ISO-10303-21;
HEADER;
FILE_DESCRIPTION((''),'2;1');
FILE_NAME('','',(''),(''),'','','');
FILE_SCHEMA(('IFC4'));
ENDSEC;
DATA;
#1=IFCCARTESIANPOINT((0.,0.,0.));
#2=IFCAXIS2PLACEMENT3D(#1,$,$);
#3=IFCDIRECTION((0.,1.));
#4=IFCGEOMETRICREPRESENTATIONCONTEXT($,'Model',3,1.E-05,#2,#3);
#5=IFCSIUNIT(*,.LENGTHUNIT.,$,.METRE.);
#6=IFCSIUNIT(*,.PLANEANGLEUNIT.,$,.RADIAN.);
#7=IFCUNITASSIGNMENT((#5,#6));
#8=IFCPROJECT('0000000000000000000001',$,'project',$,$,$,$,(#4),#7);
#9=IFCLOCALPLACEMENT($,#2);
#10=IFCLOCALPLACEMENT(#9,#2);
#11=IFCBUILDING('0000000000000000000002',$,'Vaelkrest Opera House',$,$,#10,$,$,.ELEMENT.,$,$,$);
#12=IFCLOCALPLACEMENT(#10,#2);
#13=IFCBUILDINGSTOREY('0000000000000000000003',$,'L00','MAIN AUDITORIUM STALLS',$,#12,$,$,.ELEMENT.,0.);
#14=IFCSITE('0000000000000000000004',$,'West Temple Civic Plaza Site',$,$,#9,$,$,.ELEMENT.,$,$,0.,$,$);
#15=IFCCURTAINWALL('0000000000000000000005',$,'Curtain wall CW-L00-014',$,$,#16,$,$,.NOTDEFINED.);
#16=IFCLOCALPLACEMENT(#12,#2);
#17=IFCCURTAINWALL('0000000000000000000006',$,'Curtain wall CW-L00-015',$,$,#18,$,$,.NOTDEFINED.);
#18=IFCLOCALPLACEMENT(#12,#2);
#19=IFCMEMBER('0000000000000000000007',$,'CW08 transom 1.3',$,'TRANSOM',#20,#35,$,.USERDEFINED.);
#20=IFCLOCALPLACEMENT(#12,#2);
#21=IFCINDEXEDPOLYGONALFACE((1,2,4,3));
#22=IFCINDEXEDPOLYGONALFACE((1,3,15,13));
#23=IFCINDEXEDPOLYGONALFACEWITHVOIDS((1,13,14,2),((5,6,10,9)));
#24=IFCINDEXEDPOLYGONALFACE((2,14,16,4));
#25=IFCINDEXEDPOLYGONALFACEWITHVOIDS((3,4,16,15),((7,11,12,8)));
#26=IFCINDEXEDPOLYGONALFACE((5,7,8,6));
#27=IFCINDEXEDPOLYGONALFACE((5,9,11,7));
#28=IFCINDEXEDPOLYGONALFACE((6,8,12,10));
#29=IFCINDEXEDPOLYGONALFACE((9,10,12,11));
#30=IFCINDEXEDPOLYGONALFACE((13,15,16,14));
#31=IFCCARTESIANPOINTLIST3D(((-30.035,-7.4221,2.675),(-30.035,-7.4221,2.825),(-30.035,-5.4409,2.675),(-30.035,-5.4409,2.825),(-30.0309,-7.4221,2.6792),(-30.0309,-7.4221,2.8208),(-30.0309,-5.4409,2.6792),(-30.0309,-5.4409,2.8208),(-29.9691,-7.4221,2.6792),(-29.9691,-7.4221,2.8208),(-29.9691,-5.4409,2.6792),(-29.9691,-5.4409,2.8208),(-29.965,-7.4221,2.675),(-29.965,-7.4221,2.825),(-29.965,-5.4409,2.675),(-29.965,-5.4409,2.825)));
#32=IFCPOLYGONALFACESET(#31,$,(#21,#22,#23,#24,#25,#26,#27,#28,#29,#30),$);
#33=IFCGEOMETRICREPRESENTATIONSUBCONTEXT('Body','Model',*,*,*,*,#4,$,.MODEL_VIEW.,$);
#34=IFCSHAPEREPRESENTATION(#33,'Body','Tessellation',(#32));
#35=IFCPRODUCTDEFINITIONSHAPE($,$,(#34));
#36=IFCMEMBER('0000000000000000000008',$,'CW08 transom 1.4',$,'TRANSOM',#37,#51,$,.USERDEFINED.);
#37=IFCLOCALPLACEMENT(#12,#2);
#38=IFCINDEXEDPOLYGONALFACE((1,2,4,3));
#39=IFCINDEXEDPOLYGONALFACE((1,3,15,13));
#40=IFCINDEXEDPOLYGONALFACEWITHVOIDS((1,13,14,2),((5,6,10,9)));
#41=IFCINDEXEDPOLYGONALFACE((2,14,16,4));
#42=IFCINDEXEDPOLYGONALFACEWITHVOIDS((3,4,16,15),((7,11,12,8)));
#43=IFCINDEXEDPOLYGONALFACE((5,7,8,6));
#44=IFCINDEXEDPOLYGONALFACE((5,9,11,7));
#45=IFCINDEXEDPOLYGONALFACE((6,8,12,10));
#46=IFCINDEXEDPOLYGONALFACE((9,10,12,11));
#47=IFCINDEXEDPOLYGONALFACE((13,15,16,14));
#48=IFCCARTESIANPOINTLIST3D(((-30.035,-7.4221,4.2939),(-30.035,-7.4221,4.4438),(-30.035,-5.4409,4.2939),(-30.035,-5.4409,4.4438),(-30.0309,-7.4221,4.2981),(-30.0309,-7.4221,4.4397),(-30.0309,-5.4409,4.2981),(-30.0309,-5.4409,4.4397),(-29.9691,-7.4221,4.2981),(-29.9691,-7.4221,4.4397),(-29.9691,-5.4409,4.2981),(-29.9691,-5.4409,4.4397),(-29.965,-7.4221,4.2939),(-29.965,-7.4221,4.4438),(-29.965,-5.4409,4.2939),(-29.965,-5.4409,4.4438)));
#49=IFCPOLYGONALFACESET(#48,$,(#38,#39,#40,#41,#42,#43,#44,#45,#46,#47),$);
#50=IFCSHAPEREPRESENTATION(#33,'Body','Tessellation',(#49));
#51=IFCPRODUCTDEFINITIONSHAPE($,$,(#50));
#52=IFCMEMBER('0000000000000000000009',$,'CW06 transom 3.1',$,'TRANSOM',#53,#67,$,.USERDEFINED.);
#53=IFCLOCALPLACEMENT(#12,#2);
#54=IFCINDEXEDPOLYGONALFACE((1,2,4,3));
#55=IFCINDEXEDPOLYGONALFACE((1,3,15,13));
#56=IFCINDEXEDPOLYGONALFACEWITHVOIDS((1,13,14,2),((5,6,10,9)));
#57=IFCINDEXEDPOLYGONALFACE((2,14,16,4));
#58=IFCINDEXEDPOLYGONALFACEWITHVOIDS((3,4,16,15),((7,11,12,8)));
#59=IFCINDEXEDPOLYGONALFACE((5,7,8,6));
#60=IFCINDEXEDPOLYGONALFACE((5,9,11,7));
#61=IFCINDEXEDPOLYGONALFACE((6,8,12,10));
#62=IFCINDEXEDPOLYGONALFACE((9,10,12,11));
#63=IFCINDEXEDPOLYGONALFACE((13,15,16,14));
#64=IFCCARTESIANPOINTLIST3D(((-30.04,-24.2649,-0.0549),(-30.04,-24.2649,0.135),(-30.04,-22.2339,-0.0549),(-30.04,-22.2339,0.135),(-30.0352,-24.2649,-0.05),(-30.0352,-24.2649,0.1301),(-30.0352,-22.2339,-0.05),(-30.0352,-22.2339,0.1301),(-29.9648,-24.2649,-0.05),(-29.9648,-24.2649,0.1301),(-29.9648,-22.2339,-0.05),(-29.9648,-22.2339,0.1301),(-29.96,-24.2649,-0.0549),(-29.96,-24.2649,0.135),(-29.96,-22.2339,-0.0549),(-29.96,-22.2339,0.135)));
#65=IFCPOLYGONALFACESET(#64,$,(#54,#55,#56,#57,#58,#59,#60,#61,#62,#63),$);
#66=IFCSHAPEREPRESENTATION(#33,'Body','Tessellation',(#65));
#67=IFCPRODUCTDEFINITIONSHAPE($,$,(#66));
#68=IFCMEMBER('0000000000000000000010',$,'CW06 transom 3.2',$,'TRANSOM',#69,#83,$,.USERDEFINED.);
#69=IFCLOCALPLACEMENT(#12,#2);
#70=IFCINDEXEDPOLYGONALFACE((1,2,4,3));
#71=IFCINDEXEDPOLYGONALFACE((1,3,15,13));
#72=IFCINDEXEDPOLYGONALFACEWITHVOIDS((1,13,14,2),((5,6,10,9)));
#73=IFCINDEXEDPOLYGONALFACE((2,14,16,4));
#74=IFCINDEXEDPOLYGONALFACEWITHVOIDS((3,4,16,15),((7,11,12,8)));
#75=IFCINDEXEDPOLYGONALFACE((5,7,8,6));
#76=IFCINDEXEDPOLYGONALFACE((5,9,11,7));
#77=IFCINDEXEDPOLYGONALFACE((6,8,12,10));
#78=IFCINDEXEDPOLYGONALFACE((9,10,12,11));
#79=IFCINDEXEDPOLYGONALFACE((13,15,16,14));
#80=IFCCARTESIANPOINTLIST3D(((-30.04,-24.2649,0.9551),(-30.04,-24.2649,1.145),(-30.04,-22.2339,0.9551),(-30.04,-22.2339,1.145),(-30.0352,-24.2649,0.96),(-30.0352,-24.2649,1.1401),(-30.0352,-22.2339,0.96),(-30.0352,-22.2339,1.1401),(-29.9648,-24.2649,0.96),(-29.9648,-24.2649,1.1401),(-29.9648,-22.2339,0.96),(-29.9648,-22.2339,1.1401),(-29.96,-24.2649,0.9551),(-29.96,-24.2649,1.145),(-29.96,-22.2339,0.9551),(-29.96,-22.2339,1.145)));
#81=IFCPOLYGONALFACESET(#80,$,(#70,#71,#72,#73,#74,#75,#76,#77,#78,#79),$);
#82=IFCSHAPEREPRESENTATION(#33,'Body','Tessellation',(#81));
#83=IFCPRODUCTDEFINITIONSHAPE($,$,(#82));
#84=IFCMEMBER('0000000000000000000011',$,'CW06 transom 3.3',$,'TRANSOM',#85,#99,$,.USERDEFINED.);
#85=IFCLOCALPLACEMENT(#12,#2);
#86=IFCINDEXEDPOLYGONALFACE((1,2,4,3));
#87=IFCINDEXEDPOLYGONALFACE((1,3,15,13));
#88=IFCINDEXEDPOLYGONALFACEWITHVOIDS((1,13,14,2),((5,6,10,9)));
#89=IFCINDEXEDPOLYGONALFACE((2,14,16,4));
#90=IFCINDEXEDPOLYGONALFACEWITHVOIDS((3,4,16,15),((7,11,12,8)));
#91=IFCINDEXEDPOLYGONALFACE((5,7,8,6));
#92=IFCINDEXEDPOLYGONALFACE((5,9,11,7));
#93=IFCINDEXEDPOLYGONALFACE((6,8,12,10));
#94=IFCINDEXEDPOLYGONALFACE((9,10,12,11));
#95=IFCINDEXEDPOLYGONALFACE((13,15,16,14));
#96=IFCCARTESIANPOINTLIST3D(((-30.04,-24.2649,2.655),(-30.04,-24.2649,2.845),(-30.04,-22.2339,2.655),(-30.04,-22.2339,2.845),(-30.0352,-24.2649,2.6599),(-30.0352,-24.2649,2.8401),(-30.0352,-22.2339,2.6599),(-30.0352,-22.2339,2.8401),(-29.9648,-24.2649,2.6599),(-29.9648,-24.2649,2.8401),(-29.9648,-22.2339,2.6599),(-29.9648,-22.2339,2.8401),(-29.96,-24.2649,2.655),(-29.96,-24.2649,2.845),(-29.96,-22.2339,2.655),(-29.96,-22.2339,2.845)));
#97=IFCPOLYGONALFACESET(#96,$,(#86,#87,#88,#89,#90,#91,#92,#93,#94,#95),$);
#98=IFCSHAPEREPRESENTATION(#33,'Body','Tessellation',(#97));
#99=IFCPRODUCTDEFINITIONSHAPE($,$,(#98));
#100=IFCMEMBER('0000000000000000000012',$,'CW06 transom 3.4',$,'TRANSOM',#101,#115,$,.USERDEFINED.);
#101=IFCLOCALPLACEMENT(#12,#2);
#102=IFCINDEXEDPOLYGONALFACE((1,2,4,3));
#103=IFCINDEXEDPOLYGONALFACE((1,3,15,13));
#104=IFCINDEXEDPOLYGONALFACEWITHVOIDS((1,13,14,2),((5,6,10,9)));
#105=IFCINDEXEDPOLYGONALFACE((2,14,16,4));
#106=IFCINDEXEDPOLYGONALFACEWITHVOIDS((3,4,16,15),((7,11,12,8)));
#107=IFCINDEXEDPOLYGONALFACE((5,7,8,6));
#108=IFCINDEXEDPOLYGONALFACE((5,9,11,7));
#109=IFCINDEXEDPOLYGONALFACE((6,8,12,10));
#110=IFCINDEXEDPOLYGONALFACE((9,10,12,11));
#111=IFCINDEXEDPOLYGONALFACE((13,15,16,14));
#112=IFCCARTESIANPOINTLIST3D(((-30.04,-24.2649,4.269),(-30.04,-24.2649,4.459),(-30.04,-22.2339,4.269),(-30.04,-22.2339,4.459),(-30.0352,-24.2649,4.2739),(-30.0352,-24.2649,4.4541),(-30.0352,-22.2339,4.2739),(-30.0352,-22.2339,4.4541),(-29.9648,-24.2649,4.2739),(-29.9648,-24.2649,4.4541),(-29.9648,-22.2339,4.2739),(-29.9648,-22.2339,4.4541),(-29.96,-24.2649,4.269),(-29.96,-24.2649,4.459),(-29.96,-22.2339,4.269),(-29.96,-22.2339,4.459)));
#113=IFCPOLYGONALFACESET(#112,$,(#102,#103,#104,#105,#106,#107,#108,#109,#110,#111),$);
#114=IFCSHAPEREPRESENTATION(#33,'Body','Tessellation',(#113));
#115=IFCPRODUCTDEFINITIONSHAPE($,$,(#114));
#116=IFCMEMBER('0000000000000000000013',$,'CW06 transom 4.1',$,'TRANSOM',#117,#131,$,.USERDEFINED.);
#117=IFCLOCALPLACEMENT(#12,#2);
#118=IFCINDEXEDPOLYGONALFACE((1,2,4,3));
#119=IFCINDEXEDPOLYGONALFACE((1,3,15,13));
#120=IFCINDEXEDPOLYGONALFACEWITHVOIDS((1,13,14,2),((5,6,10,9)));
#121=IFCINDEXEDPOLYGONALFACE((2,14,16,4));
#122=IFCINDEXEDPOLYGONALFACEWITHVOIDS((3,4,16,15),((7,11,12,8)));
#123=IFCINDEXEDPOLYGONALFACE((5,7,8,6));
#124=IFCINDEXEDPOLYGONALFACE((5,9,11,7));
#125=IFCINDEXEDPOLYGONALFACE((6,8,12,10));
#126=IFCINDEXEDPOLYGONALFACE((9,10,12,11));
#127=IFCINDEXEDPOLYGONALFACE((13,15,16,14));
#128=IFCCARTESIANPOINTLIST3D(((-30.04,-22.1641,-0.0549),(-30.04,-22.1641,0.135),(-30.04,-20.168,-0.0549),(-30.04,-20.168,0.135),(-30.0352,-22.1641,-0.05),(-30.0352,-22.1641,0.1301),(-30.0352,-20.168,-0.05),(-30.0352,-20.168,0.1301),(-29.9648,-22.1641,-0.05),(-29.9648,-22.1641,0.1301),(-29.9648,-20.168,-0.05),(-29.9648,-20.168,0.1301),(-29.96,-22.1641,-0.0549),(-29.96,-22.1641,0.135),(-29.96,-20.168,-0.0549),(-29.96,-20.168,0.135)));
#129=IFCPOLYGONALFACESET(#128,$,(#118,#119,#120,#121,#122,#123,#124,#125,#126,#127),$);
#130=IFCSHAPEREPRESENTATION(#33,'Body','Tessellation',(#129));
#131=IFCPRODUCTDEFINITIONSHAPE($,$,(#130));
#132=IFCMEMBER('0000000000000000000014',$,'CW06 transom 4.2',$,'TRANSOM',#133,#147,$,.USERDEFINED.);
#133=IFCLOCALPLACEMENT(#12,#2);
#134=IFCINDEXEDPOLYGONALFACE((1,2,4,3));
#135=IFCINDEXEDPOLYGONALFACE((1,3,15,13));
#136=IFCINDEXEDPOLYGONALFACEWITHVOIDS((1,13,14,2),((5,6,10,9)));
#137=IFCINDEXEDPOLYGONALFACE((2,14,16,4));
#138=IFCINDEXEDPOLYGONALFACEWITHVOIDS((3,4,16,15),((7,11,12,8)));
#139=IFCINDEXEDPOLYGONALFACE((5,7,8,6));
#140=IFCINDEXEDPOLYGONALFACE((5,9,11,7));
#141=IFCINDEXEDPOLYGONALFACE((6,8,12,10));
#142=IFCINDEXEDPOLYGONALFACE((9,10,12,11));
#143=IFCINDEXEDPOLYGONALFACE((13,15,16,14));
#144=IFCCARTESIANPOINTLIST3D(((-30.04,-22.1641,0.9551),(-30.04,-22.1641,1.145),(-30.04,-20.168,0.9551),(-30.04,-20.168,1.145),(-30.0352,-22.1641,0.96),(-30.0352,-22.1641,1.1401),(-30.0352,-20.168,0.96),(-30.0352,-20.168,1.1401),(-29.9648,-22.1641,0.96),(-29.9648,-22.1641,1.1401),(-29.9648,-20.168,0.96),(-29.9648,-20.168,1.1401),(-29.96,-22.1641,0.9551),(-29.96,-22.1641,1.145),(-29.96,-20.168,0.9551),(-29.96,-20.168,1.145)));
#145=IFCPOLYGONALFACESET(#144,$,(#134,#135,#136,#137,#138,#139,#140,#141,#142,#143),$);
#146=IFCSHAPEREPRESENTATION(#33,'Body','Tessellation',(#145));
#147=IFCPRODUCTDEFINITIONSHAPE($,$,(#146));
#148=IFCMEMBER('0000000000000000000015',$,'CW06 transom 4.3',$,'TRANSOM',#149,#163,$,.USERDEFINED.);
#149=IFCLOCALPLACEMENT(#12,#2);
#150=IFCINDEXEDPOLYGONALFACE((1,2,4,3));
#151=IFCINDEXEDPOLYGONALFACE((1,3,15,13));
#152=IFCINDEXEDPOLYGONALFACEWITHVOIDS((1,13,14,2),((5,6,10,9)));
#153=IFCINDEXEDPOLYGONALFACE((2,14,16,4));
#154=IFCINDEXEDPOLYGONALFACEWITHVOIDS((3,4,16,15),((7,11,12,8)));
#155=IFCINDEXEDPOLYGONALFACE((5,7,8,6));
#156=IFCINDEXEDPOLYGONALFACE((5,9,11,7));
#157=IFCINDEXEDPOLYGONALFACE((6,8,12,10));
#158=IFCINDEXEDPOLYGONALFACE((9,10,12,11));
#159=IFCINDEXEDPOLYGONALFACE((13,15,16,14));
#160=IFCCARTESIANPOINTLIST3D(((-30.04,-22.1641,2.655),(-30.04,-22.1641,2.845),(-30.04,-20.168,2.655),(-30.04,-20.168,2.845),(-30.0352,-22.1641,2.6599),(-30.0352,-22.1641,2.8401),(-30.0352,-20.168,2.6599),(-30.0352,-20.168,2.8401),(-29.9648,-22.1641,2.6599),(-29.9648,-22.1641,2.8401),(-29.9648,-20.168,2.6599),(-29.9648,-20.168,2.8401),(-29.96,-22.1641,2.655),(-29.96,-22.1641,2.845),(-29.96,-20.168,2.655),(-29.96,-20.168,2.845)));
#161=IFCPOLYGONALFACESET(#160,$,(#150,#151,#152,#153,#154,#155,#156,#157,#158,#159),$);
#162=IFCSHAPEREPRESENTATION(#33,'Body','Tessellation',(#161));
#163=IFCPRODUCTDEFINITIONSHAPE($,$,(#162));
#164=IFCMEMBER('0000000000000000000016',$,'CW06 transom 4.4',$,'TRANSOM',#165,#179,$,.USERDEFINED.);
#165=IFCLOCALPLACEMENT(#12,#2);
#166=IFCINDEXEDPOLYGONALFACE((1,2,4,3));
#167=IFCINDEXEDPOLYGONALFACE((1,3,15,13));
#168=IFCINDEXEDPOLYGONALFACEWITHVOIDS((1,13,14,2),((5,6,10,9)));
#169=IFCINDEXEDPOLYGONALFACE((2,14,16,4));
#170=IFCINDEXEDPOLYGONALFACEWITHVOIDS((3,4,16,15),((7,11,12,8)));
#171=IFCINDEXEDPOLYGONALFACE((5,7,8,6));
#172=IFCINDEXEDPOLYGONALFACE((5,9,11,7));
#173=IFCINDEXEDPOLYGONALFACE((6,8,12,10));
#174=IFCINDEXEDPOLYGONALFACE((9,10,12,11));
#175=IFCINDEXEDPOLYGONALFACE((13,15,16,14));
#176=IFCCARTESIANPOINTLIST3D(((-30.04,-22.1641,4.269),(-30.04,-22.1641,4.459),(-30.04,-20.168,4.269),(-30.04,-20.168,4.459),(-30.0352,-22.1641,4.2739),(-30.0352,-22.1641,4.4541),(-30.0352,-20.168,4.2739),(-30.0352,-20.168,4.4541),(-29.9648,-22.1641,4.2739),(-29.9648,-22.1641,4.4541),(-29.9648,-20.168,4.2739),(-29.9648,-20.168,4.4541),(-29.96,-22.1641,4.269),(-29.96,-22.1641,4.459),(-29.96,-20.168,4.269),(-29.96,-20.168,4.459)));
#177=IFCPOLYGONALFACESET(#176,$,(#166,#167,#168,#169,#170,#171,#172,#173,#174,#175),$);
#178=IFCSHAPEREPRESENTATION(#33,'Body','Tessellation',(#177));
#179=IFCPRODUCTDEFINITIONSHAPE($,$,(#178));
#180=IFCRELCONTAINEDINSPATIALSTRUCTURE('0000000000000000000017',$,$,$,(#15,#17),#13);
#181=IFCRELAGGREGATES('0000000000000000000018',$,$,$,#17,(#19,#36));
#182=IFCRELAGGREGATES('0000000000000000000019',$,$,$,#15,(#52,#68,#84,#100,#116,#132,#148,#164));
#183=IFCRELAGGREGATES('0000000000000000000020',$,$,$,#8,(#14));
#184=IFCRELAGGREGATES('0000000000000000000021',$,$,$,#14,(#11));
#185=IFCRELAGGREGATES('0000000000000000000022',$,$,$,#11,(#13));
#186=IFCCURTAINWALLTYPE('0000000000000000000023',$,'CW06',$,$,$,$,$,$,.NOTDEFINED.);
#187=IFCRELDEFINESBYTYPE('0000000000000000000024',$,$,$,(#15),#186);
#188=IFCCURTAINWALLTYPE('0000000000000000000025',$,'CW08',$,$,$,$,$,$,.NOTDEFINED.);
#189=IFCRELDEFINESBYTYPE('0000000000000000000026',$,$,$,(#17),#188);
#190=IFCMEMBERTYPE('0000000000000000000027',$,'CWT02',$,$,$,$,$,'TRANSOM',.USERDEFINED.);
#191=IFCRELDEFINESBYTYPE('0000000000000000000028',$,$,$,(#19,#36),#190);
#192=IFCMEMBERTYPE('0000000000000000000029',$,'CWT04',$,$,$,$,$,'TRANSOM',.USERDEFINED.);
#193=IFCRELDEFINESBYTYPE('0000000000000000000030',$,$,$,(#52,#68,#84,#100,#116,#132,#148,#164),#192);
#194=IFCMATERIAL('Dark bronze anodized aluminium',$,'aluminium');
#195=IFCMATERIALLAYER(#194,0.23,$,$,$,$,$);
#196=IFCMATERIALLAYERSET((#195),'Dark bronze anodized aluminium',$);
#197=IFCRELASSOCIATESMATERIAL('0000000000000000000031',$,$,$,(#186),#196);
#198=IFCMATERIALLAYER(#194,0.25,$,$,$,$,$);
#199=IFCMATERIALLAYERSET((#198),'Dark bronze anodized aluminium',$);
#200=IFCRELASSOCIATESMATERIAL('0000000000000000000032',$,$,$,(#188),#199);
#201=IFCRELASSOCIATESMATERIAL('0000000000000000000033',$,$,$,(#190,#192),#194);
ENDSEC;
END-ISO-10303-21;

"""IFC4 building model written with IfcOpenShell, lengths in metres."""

from ifc_helpers import new_model, si_unit, direction, frame, origin, origin_2d, place, context, subcontext, project, spatial, hollow_rectangle, extrude, material, layer, layer_set, material_profile, profile_set, type_object, element, aggregate, save


model = new_model("IFC4")

# Units and contexts
model_context = context("Model", 3, precision=1e-05, world=origin(), true_north=direction((0.0, 1.0)))
body_context = subcontext(model_context, "Body", "Model", "MODEL_VIEW")
ifc_project = project(units=[si_unit("LENGTHUNIT", "METRE"), si_unit("PLANEANGLEUNIT", "RADIAN")], contexts=[model_context])

# Site, building, storey
site_placement = place(None, origin())
site = spatial("IfcSite", under=ifc_project, at=site_placement, Name="West Temple Civic Plaza Site", CompositionType="ELEMENT", RefElevation=0.0)
building_placement = place(site_placement, origin())
building = spatial("IfcBuilding", under=site, at=building_placement, Name="Vaelkrest Opera House", CompositionType="ELEMENT")
storey_placement = place(building_placement, origin())
storey = spatial("IfcBuildingStorey", under=building, at=storey_placement, Name="L00", Description="MAIN AUDITORIUM STALLS", CompositionType="ELEMENT", Elevation=0.0)

# Curtain walls, members
ifc_material_1 = material(Name="Dark bronze anodized aluminium", Category="aluminium")
ifc_layer_1 = layer(ifc_material_1, 0.23)
ifc_layer_set_1 = layer_set([ifc_layer_1], Name="Dark bronze anodized aluminium")
curtain_wall_type_1 = type_object("IfcCurtainWallType", Name="CW06", PredefinedType="NOTDEFINED", material=ifc_layer_set_1)
curtain_wall_1_placement = place(storey_placement, origin())
curtain_wall_1 = element("IfcCurtainWall", 1, at=curtain_wall_1_placement, inside=storey, type_object=curtain_wall_type_1, Name="Curtain wall CW-L00-014", PredefinedType="NOTDEFINED")
ifc_layer_2 = layer(ifc_material_1, 0.25)
ifc_layer_set_2 = layer_set([ifc_layer_2], Name="Dark bronze anodized aluminium")
curtain_wall_type_2 = type_object("IfcCurtainWallType", Name="CW08", PredefinedType="NOTDEFINED", material=ifc_layer_set_2)
curtain_wall_2_placement = place(storey_placement, origin())
curtain_wall_2 = element("IfcCurtainWall", 2, at=curtain_wall_2_placement, inside=storey, type_object=curtain_wall_type_2, Name="Curtain wall CW-L00-015", PredefinedType="NOTDEFINED")
ifc_material_profile_1 = material_profile(ifc_material_1, hollow_rectangle(XDim=0.0701, YDim=0.1499, WallThickness=0.0042, at=origin_2d()), Name="CWT70X150")
ifc_profile_set_1 = profile_set([ifc_material_profile_1], Name="Dark bronze anodized aluminium")
member_type_1 = type_object("IfcMemberType", Name="CWT02", ElementType="TRANSOM", PredefinedType="USERDEFINED", material=ifc_profile_set_1)
member_1_placement = place(storey_placement, frame((-30.0, -7.4221, 2.75), z_axis=(0.0, 1.0, 0.0), x_axis=(-1.0, 0.0, 0.0)))
member_1 = element("IfcMember", 3, at=member_1_placement, type_object=member_type_1, Name="CW08 transom 1.3", ObjectType="TRANSOM", PredefinedType="USERDEFINED", context=body_context, shape_type="SweptSolid", body=[
    extrude(hollow_rectangle(XDim=0.0701, YDim=0.1499, WallThickness=0.0042, at=origin_2d()), origin(), (0.0, 0.0, 1.0), 1.9812),
])
member_2_placement = place(storey_placement, frame((-30.0, -7.4221, 4.3689), z_axis=(0.0, 1.0, 0.0), x_axis=(-1.0, 0.0, 0.0)))
member_2 = element("IfcMember", 4, at=member_2_placement, type_object=member_type_1, Name="CW08 transom 1.4", ObjectType="TRANSOM", PredefinedType="USERDEFINED", context=body_context, shape_type="SweptSolid", body=[
    extrude(hollow_rectangle(XDim=0.0701, YDim=0.1499, WallThickness=0.0042, at=origin_2d()), origin(), (0.0, 0.0, 1.0), 1.9812),
])
aggregate(curtain_wall_2, [member_1, member_2])

# Members
ifc_material_profile_2 = material_profile(ifc_material_1, hollow_rectangle(XDim=0.0801, YDim=0.1899, WallThickness=0.0049, at=origin_2d()), Name="CWT80X190")
ifc_profile_set_2 = profile_set([ifc_material_profile_2], Name="Dark bronze anodized aluminium")
member_type_2 = type_object("IfcMemberType", Name="CWT04", ElementType="TRANSOM", PredefinedType="USERDEFINED", material=ifc_profile_set_2)
member_3_placement = place(storey_placement, frame((-30.0, -24.2649, 0.04), z_axis=(0.0, 1.0, 0.0), x_axis=(-1.0, 0.0, 0.0)))
member_3 = element("IfcMember", 5, at=member_3_placement, type_object=member_type_2, Name="CW06 transom 3.1", ObjectType="TRANSOM", PredefinedType="USERDEFINED", context=body_context, shape_type="SweptSolid", body=[
    extrude(hollow_rectangle(XDim=0.0801, YDim=0.1899, WallThickness=0.0049, at=origin_2d()), origin(), (0.0, 0.0, 1.0), 2.031),
])
member_4_placement = place(storey_placement, frame((-30.0, -24.2649, 1.05), z_axis=(0.0, 1.0, 0.0), x_axis=(-1.0, 0.0, 0.0)))
member_4 = element("IfcMember", 6, at=member_4_placement, type_object=member_type_2, Name="CW06 transom 3.2", ObjectType="TRANSOM", PredefinedType="USERDEFINED", context=body_context, shape_type="SweptSolid", body=[
    extrude(hollow_rectangle(XDim=0.0801, YDim=0.1899, WallThickness=0.0049, at=origin_2d()), origin(), (0.0, 0.0, 1.0), 2.031),
])
member_5_placement = place(storey_placement, frame((-30.0, -24.2649, 2.75), z_axis=(0.0, 1.0, 0.0), x_axis=(-1.0, 0.0, 0.0)))
member_5 = element("IfcMember", 7, at=member_5_placement, type_object=member_type_2, Name="CW06 transom 3.3", ObjectType="TRANSOM", PredefinedType="USERDEFINED", context=body_context, shape_type="SweptSolid", body=[
    extrude(hollow_rectangle(XDim=0.0801, YDim=0.1899, WallThickness=0.0049, at=origin_2d()), origin(), (0.0, 0.0, 1.0), 2.031),
])
member_6_placement = place(storey_placement, frame((-30.0, -24.2649, 4.364), z_axis=(0.0, 1.0, 0.0), x_axis=(-1.0, 0.0, 0.0)))
member_6 = element("IfcMember", 8, at=member_6_placement, type_object=member_type_2, Name="CW06 transom 3.4", ObjectType="TRANSOM", PredefinedType="USERDEFINED", context=body_context, shape_type="SweptSolid", body=[
    extrude(hollow_rectangle(XDim=0.0801, YDim=0.1899, WallThickness=0.0049, at=origin_2d()), origin(), (0.0, 0.0, 1.0), 2.031),
])
member_7_placement = place(storey_placement, frame((-30.0, -22.1641, 0.04), z_axis=(0.0, 1.0, 0.0), x_axis=(-1.0, 0.0, 0.0)))
member_7 = element("IfcMember", 9, at=member_7_placement, type_object=member_type_2, Name="CW06 transom 4.1", ObjectType="TRANSOM", PredefinedType="USERDEFINED", context=body_context, shape_type="SweptSolid", body=[
    extrude(hollow_rectangle(XDim=0.0801, YDim=0.1899, WallThickness=0.0049, at=origin_2d()), origin(), (0.0, 0.0, 1.0), 1.9961),
])
member_8_placement = place(storey_placement, frame((-30.0, -22.1641, 1.05), z_axis=(0.0, 1.0, 0.0), x_axis=(-1.0, 0.0, 0.0)))
member_8 = element("IfcMember", 10, at=member_8_placement, type_object=member_type_2, Name="CW06 transom 4.2", ObjectType="TRANSOM", PredefinedType="USERDEFINED", context=body_context, shape_type="SweptSolid", body=[
    extrude(hollow_rectangle(XDim=0.0801, YDim=0.1899, WallThickness=0.0049, at=origin_2d()), origin(), (0.0, 0.0, 1.0), 1.9961),
])
member_9_placement = place(storey_placement, frame((-30.0, -22.1641, 2.75), z_axis=(0.0, 1.0, 0.0), x_axis=(-1.0, 0.0, 0.0)))
member_9 = element("IfcMember", 11, at=member_9_placement, type_object=member_type_2, Name="CW06 transom 4.3", ObjectType="TRANSOM", PredefinedType="USERDEFINED", context=body_context, shape_type="SweptSolid", body=[
    extrude(hollow_rectangle(XDim=0.0801, YDim=0.1899, WallThickness=0.0049, at=origin_2d()), origin(), (0.0, 0.0, 1.0), 1.9961),
])
member_10_placement = place(storey_placement, frame((-30.0, -22.1641, 4.364), z_axis=(0.0, 1.0, 0.0), x_axis=(-1.0, 0.0, 0.0)))
member_10 = element("IfcMember", 12, at=member_10_placement, type_object=member_type_2, Name="CW06 transom 4.4", ObjectType="TRANSOM", PredefinedType="USERDEFINED", context=body_context, shape_type="SweptSolid", body=[
    extrude(hollow_rectangle(XDim=0.0801, YDim=0.1899, WallThickness=0.0049, at=origin_2d()), origin(), (0.0, 0.0, 1.0), 1.9961),
])

aggregate(curtain_wall_1, [member_3, member_4, member_5, member_6, member_7, member_8, member_9, member_10])

save(model, "model.ifc")
